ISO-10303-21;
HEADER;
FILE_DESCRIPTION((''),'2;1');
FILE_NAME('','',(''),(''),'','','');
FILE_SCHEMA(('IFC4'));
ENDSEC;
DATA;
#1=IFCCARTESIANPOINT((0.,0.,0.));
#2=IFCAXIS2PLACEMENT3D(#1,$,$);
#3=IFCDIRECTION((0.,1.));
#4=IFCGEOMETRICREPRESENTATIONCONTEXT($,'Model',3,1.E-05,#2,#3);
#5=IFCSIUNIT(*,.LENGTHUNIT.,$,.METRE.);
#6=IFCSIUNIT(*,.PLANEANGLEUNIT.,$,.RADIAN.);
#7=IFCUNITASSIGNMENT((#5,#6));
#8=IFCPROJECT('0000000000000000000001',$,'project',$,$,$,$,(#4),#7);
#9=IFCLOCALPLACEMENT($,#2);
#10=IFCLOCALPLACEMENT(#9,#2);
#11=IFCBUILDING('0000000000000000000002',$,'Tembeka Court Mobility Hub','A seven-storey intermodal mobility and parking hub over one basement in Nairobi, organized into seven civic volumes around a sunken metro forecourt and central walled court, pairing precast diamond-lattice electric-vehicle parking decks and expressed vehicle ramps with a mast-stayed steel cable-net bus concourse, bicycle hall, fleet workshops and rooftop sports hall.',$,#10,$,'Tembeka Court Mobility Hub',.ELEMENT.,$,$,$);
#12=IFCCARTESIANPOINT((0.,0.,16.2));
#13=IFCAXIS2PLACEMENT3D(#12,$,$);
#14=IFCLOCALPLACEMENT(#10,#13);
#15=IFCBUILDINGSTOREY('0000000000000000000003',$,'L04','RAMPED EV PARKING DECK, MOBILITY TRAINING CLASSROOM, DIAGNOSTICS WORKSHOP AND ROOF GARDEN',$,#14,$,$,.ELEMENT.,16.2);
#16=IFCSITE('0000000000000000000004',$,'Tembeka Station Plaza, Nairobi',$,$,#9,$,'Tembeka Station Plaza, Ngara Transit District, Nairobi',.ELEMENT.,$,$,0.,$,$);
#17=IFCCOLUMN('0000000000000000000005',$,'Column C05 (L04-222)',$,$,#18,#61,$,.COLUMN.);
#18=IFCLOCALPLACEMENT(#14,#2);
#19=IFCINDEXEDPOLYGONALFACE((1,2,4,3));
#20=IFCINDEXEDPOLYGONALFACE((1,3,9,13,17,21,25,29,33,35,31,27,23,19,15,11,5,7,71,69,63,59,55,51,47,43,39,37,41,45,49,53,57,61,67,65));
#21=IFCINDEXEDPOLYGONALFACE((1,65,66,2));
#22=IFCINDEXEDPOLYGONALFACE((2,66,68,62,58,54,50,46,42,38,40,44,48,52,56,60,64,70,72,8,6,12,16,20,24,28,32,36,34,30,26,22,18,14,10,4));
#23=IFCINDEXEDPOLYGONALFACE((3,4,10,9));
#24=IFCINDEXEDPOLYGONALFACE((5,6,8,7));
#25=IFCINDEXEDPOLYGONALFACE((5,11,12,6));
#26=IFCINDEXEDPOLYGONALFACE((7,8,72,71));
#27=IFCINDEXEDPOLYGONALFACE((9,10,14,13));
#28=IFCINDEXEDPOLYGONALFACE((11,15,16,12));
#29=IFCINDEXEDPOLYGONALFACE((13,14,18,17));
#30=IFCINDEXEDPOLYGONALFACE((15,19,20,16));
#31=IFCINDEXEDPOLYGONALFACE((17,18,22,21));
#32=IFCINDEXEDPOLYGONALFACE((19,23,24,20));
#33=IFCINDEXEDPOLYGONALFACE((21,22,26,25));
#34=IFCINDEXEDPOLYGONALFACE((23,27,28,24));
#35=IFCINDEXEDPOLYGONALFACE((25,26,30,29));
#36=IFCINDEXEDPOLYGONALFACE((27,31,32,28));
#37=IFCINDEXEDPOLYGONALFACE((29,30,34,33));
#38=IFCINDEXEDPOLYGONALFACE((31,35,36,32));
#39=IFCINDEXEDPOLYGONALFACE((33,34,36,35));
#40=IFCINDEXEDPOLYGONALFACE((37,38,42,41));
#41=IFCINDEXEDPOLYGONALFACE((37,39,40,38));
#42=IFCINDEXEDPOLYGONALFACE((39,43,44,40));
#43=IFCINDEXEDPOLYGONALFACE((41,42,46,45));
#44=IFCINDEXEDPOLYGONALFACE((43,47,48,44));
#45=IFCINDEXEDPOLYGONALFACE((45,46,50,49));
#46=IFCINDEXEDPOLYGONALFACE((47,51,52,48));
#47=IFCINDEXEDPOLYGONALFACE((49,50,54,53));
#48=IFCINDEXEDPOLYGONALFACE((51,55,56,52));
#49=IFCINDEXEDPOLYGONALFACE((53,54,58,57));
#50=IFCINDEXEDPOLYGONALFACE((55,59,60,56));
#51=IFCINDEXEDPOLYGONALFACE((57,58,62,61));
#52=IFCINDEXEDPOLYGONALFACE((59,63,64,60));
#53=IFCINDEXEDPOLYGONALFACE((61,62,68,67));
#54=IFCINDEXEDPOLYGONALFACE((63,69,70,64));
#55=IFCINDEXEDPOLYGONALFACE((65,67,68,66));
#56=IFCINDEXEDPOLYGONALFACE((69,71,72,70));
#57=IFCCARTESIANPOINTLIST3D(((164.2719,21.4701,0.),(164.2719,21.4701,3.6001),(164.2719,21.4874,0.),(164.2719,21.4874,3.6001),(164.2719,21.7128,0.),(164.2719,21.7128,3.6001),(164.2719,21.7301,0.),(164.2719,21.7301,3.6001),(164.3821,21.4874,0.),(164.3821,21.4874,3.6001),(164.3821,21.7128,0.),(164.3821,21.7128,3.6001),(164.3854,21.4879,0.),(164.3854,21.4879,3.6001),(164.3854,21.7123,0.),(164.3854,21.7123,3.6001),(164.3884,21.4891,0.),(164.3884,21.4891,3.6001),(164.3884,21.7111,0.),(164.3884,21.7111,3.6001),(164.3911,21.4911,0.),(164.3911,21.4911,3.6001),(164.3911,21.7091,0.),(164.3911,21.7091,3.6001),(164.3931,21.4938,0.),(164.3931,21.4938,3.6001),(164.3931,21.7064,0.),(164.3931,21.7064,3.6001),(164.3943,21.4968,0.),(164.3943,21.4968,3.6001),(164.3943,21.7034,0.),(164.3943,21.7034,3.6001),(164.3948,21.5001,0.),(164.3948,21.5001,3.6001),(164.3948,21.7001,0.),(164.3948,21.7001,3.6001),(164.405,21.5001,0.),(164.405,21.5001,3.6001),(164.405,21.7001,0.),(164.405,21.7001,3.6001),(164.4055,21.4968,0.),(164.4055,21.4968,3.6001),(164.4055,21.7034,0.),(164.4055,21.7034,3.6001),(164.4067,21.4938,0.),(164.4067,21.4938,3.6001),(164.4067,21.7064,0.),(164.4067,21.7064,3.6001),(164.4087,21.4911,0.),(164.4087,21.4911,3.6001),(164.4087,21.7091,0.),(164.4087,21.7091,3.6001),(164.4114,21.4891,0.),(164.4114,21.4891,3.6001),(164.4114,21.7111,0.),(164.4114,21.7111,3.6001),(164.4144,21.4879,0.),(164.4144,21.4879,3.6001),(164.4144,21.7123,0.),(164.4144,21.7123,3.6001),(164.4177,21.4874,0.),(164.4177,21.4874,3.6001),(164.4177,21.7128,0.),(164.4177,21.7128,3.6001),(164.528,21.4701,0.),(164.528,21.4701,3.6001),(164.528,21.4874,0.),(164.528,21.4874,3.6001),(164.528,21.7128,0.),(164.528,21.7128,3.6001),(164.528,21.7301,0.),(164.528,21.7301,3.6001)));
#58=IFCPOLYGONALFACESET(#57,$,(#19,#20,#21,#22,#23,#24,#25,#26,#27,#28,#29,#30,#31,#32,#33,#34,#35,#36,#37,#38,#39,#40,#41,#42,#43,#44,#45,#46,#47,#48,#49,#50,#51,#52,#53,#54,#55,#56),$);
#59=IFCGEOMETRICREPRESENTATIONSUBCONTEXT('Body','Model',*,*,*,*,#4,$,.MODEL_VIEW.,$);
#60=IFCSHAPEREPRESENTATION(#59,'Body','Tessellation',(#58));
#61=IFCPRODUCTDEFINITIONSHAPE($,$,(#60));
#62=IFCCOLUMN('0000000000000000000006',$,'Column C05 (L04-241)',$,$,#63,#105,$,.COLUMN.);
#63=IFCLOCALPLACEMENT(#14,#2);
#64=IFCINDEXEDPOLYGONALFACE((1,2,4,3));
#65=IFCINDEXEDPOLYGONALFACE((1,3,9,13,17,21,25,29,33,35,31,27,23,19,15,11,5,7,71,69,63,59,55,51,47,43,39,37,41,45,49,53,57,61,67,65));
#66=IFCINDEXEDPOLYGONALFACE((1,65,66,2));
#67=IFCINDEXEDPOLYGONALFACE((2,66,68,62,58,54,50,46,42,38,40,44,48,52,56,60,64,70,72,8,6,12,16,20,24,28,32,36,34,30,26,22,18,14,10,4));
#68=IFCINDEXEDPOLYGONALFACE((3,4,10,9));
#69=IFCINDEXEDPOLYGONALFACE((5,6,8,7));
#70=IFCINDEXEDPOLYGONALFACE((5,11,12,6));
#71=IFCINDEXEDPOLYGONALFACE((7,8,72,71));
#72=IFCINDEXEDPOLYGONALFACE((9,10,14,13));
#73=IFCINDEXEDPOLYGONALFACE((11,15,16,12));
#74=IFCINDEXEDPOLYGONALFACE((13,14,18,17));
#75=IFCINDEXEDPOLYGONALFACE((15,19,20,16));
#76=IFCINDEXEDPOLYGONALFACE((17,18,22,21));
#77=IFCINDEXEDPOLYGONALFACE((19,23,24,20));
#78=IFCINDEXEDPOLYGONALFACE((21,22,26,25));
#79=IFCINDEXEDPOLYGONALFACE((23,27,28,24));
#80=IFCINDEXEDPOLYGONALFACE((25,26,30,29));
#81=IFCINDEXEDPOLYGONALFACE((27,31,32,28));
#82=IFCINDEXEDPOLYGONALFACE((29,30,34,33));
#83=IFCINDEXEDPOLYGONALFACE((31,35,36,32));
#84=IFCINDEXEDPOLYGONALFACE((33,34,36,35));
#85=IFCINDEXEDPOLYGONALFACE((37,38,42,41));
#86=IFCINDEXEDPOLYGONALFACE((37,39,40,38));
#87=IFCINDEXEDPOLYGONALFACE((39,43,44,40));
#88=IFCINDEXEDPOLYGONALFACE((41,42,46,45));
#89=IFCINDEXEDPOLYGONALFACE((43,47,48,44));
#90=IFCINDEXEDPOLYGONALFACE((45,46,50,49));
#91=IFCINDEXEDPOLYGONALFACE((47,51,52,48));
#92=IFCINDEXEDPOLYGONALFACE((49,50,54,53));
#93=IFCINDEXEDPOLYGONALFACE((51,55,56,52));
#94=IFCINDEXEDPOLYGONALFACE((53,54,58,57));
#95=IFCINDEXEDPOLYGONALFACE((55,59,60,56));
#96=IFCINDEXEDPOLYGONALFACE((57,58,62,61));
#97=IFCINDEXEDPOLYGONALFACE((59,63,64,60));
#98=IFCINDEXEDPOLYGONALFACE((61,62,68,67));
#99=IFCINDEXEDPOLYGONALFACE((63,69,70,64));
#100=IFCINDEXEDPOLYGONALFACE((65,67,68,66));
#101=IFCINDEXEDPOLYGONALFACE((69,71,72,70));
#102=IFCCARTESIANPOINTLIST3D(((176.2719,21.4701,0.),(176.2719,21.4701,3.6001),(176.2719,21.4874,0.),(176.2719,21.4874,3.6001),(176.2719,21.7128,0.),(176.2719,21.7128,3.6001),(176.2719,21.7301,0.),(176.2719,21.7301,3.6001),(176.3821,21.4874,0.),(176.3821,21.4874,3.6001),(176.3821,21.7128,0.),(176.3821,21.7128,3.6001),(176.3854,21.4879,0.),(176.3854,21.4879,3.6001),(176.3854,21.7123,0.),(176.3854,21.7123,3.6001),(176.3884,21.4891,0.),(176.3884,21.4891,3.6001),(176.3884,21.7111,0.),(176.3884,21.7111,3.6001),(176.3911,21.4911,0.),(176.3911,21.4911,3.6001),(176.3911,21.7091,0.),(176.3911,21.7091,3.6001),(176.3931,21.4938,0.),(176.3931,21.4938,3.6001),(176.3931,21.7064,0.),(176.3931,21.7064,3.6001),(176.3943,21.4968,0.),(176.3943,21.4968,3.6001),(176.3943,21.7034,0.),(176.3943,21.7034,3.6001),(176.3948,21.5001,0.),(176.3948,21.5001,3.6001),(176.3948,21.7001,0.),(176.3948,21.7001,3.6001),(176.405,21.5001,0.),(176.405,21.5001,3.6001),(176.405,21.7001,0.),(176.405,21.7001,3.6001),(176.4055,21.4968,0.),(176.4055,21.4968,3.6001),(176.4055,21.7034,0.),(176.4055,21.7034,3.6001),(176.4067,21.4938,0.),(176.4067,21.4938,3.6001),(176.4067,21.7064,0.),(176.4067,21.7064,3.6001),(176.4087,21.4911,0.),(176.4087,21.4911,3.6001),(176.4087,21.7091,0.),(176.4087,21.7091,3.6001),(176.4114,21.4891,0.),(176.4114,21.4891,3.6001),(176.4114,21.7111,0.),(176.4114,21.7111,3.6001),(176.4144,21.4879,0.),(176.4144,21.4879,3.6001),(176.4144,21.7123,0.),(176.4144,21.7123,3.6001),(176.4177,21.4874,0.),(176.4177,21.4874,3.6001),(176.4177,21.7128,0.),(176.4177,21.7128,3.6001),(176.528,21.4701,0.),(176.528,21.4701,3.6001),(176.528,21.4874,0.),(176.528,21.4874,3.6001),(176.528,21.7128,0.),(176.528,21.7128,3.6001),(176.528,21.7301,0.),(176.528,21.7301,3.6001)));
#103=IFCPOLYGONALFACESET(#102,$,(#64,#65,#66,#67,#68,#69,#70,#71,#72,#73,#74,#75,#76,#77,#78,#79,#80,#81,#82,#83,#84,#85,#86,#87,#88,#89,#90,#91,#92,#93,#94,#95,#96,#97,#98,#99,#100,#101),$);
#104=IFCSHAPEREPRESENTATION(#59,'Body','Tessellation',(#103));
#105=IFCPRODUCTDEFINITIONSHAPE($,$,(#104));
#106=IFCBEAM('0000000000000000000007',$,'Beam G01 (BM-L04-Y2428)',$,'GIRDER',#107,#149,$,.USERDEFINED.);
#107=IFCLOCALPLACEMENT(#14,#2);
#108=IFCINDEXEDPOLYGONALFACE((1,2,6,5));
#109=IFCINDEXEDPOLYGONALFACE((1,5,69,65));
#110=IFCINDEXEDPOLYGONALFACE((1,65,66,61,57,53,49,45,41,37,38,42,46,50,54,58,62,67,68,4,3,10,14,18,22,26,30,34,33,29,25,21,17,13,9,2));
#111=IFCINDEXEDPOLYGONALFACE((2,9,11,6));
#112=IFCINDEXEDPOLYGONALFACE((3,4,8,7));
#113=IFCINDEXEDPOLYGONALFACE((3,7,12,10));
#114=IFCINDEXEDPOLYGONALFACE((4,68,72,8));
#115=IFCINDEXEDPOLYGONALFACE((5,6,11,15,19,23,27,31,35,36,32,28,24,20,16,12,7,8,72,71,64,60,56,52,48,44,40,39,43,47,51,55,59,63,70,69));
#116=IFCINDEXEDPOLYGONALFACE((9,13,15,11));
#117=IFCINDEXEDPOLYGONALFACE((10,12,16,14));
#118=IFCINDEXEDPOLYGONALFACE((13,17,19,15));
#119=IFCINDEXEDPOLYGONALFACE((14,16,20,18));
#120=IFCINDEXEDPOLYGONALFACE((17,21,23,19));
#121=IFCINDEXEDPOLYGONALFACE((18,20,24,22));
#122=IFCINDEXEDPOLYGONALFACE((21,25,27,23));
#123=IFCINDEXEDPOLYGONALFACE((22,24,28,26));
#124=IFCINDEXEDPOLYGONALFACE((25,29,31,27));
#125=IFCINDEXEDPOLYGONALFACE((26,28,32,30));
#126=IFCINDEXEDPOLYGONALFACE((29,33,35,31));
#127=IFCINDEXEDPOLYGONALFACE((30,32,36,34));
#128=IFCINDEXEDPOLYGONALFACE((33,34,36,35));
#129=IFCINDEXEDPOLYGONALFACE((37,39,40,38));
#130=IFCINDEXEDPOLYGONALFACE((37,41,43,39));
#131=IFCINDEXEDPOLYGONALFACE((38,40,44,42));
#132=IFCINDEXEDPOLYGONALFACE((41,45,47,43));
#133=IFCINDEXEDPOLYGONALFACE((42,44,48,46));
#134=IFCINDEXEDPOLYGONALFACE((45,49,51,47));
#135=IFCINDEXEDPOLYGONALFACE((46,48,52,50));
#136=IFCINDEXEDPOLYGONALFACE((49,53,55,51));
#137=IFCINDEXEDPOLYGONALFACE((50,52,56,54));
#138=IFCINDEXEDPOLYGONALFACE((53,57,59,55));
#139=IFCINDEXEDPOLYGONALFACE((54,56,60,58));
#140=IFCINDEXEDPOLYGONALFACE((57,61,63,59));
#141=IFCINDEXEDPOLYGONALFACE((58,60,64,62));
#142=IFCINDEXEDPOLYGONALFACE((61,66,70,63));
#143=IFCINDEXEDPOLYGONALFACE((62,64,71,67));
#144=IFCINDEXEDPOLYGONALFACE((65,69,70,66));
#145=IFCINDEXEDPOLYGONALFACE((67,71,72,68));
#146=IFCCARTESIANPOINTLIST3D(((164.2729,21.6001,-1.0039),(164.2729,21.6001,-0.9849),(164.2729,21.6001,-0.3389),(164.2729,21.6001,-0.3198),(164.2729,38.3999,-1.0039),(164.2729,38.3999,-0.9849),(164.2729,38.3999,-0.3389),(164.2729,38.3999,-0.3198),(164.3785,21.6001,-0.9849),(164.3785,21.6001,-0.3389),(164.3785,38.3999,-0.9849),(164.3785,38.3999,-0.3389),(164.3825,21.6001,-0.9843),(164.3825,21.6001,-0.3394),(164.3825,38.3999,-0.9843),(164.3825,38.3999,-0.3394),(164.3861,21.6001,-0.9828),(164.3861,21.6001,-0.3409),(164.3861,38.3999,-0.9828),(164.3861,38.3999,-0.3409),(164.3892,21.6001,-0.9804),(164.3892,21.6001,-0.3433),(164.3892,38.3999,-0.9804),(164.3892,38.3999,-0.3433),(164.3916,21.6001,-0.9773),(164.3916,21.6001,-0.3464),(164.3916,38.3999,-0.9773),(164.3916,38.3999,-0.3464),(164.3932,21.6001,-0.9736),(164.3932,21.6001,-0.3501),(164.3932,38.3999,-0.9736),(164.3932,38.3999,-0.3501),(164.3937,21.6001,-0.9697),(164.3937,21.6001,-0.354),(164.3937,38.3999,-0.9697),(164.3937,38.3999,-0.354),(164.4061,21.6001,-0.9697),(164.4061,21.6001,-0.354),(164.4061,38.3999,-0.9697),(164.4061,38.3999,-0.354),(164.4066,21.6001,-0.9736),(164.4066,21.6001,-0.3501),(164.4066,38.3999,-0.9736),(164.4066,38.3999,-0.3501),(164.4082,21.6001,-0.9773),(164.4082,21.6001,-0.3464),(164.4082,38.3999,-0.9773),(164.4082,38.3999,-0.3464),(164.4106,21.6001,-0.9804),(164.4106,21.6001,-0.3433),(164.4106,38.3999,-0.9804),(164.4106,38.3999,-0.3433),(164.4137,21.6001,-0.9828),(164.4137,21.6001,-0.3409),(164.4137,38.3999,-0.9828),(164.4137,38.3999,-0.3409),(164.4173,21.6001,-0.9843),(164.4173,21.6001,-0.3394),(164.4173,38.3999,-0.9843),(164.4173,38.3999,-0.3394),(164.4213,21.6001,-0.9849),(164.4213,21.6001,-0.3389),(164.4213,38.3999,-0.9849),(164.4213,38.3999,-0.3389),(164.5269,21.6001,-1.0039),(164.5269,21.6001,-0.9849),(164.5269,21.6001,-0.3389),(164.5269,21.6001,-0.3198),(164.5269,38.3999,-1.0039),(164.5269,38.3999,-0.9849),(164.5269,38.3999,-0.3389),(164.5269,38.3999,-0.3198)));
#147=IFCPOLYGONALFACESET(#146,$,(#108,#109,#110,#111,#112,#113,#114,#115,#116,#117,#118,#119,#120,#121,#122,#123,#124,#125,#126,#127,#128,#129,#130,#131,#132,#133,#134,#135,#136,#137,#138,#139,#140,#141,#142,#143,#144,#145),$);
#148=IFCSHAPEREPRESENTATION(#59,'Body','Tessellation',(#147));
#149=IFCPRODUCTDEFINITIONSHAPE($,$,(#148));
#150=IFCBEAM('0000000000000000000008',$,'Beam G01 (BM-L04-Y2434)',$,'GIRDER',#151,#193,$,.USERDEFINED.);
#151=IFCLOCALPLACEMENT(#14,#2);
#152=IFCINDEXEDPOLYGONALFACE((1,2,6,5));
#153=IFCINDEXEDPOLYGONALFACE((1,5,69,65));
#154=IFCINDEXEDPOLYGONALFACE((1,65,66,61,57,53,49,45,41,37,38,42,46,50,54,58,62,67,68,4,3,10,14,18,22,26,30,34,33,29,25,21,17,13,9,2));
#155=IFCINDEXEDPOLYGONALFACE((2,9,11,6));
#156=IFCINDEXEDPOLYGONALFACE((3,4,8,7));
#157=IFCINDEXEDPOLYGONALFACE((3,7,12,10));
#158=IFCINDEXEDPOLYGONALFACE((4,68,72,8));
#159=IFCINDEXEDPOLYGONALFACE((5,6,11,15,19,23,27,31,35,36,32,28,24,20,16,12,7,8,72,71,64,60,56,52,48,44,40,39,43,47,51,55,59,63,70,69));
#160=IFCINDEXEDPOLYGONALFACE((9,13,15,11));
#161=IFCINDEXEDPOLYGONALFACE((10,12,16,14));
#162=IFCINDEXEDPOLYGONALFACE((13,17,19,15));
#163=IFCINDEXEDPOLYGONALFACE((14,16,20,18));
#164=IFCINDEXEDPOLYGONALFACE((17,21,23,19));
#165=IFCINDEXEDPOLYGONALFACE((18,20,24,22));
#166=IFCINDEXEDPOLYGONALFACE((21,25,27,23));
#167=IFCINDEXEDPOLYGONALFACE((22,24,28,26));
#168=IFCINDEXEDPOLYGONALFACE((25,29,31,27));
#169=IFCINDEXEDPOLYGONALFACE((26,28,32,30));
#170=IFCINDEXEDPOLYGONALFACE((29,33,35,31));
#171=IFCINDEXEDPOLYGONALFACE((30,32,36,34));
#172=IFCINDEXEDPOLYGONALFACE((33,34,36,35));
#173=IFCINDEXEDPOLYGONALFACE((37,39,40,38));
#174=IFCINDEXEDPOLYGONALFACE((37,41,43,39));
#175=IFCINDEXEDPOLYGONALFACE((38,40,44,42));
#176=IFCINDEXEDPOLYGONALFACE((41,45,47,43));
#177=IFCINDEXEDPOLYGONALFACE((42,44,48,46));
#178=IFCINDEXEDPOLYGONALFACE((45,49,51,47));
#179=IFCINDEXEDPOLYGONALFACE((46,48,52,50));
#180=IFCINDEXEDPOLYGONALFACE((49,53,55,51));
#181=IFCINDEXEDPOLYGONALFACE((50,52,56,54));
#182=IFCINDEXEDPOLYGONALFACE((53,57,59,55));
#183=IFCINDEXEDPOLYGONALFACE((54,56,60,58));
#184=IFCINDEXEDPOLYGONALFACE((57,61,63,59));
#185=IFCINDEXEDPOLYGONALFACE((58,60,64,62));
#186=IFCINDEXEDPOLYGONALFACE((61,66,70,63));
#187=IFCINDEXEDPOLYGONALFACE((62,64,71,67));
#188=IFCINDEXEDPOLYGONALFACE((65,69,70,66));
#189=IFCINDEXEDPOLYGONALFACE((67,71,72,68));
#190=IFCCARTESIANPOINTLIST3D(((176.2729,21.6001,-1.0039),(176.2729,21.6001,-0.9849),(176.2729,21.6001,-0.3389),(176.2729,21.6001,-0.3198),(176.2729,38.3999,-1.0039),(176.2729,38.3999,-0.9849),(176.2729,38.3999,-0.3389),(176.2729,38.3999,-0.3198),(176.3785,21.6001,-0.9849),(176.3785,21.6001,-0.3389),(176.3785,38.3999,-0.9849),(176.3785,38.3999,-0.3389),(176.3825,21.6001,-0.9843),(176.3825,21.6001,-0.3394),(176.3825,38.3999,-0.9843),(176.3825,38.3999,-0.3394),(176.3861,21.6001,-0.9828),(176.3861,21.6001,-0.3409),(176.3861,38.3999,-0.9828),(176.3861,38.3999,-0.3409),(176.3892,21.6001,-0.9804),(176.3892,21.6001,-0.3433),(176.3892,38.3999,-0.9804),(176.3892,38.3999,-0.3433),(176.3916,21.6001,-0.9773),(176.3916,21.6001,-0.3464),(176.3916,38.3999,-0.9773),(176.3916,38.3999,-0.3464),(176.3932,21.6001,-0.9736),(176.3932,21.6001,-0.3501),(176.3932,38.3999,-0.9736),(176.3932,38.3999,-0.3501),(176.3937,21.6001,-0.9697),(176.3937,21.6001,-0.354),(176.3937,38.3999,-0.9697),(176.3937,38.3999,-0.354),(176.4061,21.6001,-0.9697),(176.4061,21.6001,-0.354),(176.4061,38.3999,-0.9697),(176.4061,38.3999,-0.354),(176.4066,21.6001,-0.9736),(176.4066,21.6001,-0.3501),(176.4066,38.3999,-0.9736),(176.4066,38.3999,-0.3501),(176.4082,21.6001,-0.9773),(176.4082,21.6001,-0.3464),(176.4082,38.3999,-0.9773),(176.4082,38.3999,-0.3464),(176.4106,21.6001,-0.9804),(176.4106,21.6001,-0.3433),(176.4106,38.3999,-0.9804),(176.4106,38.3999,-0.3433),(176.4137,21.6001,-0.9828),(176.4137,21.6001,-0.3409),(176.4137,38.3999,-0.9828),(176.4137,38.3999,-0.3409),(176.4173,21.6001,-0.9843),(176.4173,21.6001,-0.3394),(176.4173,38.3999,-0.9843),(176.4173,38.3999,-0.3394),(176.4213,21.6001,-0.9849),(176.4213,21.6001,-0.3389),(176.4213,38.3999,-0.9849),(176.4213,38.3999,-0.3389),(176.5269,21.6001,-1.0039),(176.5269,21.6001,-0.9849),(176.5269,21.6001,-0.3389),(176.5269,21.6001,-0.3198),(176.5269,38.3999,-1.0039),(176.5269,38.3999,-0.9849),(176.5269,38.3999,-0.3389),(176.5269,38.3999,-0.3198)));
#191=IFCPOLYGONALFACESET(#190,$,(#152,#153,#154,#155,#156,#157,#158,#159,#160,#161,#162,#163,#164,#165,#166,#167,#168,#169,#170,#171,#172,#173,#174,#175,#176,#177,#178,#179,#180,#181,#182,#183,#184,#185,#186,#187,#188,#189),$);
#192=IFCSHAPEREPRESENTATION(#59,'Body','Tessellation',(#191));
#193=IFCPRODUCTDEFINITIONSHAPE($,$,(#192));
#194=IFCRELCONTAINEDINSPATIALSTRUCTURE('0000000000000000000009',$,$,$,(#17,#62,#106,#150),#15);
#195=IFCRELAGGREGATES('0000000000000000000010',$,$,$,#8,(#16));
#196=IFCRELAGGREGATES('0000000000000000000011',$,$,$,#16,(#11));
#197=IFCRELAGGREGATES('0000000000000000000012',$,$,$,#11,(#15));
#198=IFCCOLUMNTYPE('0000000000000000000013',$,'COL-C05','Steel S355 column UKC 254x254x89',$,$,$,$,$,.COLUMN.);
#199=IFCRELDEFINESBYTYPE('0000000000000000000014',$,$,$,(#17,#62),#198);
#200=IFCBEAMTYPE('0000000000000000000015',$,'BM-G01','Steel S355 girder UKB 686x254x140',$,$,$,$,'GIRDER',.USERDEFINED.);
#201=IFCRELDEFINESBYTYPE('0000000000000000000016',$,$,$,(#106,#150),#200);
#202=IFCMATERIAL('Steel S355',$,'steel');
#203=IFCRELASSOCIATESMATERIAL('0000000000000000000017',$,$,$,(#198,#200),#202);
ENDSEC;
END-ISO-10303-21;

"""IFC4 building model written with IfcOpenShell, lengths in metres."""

from ifc_helpers import new_model, si_unit, direction, frame, origin, origin_2d, place, context, subcontext, project, spatial, i_section, extrude, material, material_profile, profile_set, type_object, element, save


model = new_model("IFC4")

# Units and contexts
model_context = context("Model", 3, precision=1e-05, world=origin(), true_north=direction((0.0, 1.0)))
body_context = subcontext(model_context, "Body", "Model", "MODEL_VIEW")
ifc_project = project(units=[si_unit("LENGTHUNIT", "METRE"), si_unit("PLANEANGLEUNIT", "RADIAN")], contexts=[model_context])

# Site, building, storey
site_placement = place(None, origin())
site = spatial("IfcSite", under=ifc_project, at=site_placement, Name="Tembeka Station Plaza, Nairobi", LongName="Tembeka Station Plaza, Ngara Transit District, Nairobi", CompositionType="ELEMENT", RefElevation=0.0)
building_placement = place(site_placement, origin())
building = spatial("IfcBuilding", under=site, at=building_placement, Name="Tembeka Court Mobility Hub", Description="A seven-storey intermodal mobility and parking hub over one basement in Nairobi, organized into seven civic volumes around a sunken metro forecourt and central walled court, pairing precast diamond-lattice electric-vehicle parking decks and expressed vehicle ramps with a mast-stayed steel cable-net bus concourse, bicycle hall, fleet workshops and rooftop sports hall.", LongName="Tembeka Court Mobility Hub", CompositionType="ELEMENT")
storey_placement = place(building_placement, frame((0.0, 0.0, 16.2)))
storey = spatial("IfcBuildingStorey", under=building, at=storey_placement, Name="L04", Description="RAMPED EV PARKING DECK, MOBILITY TRAINING CLASSROOM, DIAGNOSTICS WORKSHOP AND ROOF GARDEN", CompositionType="ELEMENT", Elevation=16.2)

# Columns
ifc_material_1 = material(Name="Steel S355", Category="steel")
ifc_material_profile_1 = material_profile(ifc_material_1, i_section(OverallWidth=0.2561, OverallDepth=0.26, WebThickness=0.0103, FlangeThickness=0.0173, FilletRadius=0.0127, at=origin_2d()), Name="UKC 254x254x89")
ifc_profile_set_1 = profile_set([ifc_material_profile_1], Name="Steel S355")
column_type = type_object("IfcColumnType", Name="COL-C05", Description="Steel S355 column UKC 254x254x89", PredefinedType="COLUMN", material=ifc_profile_set_1)
for number, where, z_axis, x_axis, name in (
    (1, (164.3999, 21.6001, 0.0), (0.0, 0.0, 1.0), (1.0, 0.0, 0.0), "Column C05 (L04-222)"),
    (2, (176.3999, 21.6001, 0.0), (0.0, 0.0, 1.0), (1.0, 0.0, 0.0), "Column C05 (L04-241)"),
):
    element("IfcColumn", number, at=place(storey_placement, frame(where, z_axis=z_axis, x_axis=x_axis)), inside=storey, type_object=column_type, Name=name, PredefinedType="COLUMN", context=body_context, shape_type="SweptSolid", body=[
        extrude(i_section(OverallWidth=0.2561, OverallDepth=0.26, WebThickness=0.0103, FlangeThickness=0.0173, FilletRadius=0.0127, at=origin_2d()), origin(), (0.0, 0.0, 1.0), 3.6001),
    ])

# Beams
ifc_material_profile_2 = material_profile(ifc_material_1, i_section(OverallWidth=0.2539, OverallDepth=0.6841, WebThickness=0.0125, FlangeThickness=0.019, FilletRadius=0.0151, at=origin_2d()), Name="UKB 686x254x140")
ifc_profile_set_2 = profile_set([ifc_material_profile_2], Name="Steel S355")
beam_type_1 = type_object("IfcBeamType", Name="BM-G01", Description="Steel S355 girder UKB 686x254x140", ElementType="GIRDER", PredefinedType="USERDEFINED", material=ifc_profile_set_2)
for number, where, z_axis, x_axis, name in (
    (3, (164.3999, 21.6001, -0.6619), (0.0, 1.0, 0.0), (-1.0, 0.0, 0.0), "Beam G01 (BM-L04-Y2428)"),
    (4, (176.3999, 21.6001, -0.6619), (0.0, 1.0, 0.0), (-1.0, 0.0, 0.0), "Beam G01 (BM-L04-Y2434)"),
):
    element("IfcBeam", number, at=place(storey_placement, frame(where, z_axis=z_axis, x_axis=x_axis)), inside=storey, type_object=beam_type_1, Name=name, ObjectType="GIRDER", PredefinedType="USERDEFINED", context=body_context, shape_type="SweptSolid", body=[
        extrude(i_section(OverallWidth=0.2539, OverallDepth=0.6841, WebThickness=0.0125, FlangeThickness=0.019, FilletRadius=0.0151, at=origin_2d()), origin(), (0.0, 0.0, 1.0), 16.7998),
    ])

save(model, "model.ifc")
